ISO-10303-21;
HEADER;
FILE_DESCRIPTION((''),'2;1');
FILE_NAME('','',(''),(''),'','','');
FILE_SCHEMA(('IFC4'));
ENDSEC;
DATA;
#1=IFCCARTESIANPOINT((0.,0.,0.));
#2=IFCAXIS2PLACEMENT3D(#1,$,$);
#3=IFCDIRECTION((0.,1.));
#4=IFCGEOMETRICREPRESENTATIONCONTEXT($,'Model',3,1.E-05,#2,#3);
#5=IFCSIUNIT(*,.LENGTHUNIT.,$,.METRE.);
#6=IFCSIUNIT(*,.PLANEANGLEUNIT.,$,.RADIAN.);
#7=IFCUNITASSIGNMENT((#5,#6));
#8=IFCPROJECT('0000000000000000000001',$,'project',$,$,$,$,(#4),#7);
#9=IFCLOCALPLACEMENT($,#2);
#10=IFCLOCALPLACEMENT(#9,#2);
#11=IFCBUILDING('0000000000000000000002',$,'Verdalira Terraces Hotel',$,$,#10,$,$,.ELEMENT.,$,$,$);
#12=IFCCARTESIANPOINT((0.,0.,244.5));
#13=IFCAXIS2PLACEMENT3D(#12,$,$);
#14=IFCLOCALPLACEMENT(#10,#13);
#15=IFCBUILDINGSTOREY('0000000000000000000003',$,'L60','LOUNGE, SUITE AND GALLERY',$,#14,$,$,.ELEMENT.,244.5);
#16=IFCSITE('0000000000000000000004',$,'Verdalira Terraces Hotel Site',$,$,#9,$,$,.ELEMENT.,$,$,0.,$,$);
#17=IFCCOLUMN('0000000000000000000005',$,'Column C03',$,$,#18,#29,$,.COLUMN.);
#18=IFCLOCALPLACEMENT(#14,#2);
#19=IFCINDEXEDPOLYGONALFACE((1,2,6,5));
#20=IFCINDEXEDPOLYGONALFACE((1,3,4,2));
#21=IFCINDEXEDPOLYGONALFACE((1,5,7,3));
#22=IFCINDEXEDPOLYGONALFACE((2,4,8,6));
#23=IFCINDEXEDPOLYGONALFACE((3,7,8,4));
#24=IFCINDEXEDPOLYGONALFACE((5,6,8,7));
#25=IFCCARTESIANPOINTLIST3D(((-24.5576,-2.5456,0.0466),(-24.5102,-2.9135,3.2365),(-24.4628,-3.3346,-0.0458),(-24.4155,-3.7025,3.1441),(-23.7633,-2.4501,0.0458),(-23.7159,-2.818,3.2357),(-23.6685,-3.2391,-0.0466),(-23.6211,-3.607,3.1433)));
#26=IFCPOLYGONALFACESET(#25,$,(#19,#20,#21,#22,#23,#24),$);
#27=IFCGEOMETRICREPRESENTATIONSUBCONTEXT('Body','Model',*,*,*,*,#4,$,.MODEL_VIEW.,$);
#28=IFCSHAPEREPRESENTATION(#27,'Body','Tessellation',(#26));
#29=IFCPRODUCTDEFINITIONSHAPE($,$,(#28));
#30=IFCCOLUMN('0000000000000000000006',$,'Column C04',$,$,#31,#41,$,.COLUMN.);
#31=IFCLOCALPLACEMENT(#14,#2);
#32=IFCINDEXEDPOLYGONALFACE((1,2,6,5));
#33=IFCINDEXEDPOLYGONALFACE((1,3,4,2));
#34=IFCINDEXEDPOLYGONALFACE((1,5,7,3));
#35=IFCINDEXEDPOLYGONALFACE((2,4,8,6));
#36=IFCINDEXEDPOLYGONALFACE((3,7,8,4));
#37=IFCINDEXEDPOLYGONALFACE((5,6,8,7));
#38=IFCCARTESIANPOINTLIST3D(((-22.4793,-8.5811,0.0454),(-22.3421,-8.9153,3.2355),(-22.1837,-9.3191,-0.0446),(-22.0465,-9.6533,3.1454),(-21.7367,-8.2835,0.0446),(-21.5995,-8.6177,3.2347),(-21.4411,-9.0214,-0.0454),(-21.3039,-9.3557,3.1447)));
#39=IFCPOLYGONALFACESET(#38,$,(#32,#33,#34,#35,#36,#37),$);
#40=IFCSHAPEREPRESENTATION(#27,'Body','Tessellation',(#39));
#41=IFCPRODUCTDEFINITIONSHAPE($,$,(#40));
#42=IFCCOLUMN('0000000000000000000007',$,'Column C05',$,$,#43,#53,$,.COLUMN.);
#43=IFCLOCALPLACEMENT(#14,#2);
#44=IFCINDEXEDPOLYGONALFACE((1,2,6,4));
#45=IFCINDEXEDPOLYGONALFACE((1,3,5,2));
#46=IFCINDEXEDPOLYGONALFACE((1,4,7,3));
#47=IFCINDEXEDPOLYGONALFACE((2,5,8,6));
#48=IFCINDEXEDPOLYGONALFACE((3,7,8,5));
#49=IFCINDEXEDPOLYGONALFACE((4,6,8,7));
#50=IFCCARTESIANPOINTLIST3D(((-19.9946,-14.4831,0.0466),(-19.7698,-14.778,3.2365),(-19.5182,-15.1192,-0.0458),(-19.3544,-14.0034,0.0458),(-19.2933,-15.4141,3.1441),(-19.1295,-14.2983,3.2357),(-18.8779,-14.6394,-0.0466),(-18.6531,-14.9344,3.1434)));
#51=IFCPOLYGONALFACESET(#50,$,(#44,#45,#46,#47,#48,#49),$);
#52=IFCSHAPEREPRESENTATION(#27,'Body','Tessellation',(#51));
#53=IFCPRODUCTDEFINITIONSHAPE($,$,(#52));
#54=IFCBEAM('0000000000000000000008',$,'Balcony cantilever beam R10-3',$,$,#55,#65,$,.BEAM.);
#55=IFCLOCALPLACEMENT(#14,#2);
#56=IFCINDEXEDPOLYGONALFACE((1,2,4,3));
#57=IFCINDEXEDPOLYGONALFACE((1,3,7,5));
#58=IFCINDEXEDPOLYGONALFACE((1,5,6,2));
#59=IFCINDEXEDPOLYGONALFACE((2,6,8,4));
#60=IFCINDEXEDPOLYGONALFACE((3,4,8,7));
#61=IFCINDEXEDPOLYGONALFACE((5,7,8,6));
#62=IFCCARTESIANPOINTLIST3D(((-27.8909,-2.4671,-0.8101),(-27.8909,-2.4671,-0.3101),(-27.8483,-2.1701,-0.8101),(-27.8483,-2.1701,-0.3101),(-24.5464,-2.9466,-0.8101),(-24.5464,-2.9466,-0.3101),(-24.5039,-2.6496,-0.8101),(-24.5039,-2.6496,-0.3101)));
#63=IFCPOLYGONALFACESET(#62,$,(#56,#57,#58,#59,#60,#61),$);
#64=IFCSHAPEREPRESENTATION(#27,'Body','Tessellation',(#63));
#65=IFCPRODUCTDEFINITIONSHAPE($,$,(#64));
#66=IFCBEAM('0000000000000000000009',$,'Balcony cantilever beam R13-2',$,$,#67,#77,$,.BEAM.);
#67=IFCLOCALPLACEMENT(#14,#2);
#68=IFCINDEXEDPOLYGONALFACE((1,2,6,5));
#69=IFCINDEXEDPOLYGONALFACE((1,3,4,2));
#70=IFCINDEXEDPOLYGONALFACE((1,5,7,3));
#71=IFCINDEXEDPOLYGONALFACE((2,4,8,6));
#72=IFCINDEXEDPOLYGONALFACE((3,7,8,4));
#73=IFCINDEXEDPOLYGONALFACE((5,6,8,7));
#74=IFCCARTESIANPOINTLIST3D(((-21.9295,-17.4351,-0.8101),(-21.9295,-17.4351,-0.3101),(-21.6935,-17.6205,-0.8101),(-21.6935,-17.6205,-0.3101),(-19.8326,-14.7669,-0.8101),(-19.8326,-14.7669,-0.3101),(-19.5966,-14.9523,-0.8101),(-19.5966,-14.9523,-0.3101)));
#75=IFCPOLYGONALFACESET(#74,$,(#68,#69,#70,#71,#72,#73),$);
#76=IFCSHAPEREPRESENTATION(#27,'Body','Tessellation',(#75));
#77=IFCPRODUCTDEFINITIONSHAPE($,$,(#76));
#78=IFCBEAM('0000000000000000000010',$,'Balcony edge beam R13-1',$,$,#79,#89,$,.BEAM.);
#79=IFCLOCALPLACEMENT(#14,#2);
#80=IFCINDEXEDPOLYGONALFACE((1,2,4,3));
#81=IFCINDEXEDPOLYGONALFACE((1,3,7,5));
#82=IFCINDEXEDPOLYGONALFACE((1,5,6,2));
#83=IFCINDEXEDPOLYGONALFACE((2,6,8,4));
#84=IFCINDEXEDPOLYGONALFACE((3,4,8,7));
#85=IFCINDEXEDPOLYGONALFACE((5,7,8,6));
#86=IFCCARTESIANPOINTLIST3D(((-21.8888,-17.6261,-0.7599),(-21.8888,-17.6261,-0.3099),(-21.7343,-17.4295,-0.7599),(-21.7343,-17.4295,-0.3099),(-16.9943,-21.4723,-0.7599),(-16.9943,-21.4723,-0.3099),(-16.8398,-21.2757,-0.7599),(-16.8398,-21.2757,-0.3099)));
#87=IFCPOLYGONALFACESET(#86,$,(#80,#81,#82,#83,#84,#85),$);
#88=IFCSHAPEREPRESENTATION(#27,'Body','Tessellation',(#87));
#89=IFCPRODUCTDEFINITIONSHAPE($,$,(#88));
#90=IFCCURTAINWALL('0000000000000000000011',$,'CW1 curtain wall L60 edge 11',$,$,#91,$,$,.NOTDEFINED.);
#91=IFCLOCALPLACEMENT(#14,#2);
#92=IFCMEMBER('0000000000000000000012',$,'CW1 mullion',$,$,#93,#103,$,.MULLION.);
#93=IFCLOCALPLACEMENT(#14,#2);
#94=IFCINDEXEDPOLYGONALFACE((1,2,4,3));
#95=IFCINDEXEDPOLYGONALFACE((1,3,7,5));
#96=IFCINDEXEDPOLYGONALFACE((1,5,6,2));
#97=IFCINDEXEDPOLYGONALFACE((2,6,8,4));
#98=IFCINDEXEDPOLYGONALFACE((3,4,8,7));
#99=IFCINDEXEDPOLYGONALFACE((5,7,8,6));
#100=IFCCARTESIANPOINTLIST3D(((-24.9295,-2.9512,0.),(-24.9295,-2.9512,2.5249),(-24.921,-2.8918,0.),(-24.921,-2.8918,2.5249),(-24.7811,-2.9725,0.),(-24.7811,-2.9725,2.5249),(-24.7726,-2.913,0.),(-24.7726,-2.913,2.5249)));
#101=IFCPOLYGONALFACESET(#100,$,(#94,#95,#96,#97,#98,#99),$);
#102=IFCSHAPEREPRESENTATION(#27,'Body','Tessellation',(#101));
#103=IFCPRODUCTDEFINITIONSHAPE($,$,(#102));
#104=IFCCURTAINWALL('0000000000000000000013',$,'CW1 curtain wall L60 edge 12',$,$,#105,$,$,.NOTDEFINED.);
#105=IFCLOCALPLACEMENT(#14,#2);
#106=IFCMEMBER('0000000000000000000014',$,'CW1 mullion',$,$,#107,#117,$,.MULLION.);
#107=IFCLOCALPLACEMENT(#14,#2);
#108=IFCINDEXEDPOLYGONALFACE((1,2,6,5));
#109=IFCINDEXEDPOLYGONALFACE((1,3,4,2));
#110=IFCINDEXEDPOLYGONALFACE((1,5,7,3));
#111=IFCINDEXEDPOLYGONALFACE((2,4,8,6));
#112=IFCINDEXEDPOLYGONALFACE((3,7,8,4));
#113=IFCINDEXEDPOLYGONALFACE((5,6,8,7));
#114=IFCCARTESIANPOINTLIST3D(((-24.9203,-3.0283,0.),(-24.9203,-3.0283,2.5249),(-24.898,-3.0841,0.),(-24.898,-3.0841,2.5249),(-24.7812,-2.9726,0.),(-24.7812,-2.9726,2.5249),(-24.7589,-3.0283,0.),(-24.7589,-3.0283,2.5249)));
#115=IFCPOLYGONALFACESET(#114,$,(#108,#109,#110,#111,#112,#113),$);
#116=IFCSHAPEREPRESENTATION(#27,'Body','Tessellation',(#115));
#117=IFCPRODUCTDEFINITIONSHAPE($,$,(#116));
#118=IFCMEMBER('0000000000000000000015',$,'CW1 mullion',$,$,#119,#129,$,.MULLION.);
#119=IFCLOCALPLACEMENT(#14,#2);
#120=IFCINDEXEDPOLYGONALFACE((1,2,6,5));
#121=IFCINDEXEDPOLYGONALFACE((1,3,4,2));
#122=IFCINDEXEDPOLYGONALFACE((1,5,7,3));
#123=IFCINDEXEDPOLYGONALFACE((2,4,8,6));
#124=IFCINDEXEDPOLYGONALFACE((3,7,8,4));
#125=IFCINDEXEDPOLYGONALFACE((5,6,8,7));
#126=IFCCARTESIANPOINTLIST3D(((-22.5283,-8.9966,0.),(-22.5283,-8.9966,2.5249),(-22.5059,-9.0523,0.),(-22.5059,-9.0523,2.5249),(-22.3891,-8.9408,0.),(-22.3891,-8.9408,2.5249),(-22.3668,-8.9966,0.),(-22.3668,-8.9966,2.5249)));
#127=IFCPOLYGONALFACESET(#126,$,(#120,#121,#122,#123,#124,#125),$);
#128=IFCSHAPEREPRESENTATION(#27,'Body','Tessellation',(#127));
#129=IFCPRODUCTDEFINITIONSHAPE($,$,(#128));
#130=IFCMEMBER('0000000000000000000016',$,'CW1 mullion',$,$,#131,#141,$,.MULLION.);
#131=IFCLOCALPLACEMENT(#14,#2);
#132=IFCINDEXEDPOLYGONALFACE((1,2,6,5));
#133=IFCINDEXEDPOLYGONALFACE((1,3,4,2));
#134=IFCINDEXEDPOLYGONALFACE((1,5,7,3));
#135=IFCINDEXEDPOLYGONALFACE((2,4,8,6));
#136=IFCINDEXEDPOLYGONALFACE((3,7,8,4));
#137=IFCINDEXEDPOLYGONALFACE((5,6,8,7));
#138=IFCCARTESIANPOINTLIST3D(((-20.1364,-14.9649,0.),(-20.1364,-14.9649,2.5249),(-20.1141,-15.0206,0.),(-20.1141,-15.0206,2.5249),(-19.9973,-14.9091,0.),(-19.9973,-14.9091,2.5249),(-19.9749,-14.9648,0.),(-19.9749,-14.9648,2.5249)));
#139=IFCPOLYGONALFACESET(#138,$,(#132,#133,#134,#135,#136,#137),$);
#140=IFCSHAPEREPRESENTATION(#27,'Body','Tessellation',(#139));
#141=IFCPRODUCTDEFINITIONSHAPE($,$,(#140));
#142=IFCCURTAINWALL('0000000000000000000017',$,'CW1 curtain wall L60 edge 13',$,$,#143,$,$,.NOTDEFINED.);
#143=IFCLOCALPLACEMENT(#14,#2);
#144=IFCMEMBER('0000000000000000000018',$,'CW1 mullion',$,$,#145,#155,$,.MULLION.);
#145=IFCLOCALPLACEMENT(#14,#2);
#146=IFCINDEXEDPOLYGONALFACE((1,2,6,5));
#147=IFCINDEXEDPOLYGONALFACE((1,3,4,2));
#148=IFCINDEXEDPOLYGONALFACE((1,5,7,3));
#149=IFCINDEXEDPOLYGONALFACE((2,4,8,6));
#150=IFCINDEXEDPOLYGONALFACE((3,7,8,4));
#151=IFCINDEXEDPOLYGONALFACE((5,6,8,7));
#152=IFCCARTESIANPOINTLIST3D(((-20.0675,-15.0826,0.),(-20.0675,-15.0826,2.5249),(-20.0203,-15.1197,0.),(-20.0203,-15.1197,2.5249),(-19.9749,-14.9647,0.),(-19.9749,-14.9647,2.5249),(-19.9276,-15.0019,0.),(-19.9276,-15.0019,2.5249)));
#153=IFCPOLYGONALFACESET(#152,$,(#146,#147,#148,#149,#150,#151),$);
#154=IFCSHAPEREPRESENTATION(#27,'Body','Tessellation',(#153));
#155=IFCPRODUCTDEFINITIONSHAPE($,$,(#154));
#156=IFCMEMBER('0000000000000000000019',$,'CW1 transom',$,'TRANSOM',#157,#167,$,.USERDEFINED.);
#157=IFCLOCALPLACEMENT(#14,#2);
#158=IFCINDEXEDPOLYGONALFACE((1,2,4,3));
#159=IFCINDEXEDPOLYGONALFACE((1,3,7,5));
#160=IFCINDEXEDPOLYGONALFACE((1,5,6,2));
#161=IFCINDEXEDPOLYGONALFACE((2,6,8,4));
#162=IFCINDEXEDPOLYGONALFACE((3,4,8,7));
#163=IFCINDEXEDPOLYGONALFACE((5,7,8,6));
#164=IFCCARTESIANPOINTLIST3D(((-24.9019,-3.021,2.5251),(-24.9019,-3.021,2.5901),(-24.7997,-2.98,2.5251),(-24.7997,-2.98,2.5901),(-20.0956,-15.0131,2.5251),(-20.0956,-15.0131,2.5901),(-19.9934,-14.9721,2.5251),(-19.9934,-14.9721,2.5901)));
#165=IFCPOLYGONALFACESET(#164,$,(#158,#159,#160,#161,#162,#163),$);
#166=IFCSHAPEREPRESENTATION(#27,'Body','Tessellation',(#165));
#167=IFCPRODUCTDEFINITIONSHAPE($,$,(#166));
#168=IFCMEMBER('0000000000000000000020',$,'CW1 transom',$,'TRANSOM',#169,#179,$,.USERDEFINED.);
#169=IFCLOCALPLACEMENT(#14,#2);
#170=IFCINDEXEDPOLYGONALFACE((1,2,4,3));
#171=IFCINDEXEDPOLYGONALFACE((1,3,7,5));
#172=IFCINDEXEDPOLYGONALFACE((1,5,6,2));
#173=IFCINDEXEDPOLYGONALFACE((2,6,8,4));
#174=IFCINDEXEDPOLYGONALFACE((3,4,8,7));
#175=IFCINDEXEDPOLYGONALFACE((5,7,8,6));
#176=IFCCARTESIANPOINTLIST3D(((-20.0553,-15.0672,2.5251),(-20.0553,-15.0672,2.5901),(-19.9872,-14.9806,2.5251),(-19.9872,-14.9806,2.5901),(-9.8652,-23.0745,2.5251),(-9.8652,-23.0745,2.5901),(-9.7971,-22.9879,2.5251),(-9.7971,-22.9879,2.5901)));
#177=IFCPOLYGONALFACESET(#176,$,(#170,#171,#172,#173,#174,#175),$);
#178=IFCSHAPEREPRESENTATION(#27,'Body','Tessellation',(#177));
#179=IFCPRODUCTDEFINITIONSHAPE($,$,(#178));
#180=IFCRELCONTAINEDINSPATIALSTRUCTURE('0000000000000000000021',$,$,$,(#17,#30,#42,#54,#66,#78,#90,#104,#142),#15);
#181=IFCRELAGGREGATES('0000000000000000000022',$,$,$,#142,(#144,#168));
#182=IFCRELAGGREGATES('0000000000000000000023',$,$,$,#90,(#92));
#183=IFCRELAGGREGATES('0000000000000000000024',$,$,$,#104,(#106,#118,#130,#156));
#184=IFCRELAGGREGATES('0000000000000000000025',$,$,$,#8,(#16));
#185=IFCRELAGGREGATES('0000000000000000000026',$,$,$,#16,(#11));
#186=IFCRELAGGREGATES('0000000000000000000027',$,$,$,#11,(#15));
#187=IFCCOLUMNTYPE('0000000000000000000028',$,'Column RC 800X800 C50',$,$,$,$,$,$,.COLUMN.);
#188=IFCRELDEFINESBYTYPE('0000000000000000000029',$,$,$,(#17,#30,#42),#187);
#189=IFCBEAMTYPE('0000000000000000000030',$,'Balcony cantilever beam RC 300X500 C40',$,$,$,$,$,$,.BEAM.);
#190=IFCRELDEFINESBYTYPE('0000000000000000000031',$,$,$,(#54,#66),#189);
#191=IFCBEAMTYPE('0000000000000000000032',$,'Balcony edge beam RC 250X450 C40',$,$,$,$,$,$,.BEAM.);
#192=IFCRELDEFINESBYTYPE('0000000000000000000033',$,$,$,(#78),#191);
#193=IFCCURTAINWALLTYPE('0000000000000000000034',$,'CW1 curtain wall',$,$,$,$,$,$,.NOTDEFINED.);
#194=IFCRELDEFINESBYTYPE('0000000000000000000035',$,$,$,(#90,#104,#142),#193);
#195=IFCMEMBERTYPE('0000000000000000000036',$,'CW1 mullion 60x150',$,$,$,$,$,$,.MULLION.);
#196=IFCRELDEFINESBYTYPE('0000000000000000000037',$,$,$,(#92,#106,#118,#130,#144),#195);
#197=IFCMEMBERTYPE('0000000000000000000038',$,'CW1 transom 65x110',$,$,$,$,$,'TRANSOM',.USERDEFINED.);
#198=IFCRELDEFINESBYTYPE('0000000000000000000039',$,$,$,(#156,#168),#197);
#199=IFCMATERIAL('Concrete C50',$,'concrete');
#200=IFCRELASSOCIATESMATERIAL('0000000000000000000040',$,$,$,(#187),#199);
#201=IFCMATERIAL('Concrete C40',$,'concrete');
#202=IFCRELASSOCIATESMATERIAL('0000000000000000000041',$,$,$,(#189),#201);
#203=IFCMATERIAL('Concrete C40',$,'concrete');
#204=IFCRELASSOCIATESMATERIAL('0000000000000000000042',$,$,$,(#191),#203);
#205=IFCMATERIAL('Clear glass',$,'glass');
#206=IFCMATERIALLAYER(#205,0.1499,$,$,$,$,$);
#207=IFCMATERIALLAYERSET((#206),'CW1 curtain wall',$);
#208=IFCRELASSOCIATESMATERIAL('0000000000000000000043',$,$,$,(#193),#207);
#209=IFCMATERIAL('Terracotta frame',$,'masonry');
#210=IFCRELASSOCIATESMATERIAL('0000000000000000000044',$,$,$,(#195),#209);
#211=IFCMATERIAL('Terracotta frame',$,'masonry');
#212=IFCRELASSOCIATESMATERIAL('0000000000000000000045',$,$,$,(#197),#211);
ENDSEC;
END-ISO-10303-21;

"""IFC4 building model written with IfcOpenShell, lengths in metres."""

from ifc_helpers import new_model, si_unit, direction, frame, origin, origin_2d, place, context, subcontext, project, spatial, rectangle, extrude, material, layer, layer_set, material_profile, profile_set, type_object, element, aggregate, save


model = new_model("IFC4")

# Units and contexts
model_context = context("Model", 3, precision=1e-05, world=origin(), true_north=direction((0.0, 1.0)))
body_context = subcontext(model_context, "Body", "Model", "MODEL_VIEW")
ifc_project = project(units=[si_unit("LENGTHUNIT", "METRE"), si_unit("PLANEANGLEUNIT", "RADIAN")], contexts=[model_context])

# Site, building, storey
site_placement = place(None, origin())
site = spatial("IfcSite", under=ifc_project, at=site_placement, Name="Verdalira Terraces Hotel Site", CompositionType="ELEMENT", RefElevation=0.0)
building_placement = place(site_placement, origin())
building = spatial("IfcBuilding", under=site, at=building_placement, Name="Verdalira Terraces Hotel", CompositionType="ELEMENT")
storey_placement = place(building_placement, frame((0.0, 0.0, 244.5)))
storey = spatial("IfcBuildingStorey", under=building, at=storey_placement, Name="L60", Description="LOUNGE, SUITE AND GALLERY", CompositionType="ELEMENT", Elevation=244.5)

# Columns
ifc_material_1 = material(Name="Concrete C50", Category="concrete")
ifc_material_profile_1 = material_profile(ifc_material_1, rectangle(XDim=0.8, YDim=0.8, at=origin_2d()), Name="RC 800X800")
ifc_profile_set_1 = profile_set([ifc_material_profile_1], Name="Concrete C50")
column_type = type_object("IfcColumnType", Name="Column RC 800X800 C50", PredefinedType="COLUMN", material=ifc_profile_set_1)
column_1_placement = place(storey_placement, frame((-24.113, -2.8923, 0.0), z_axis=(0.014748, -0.114565, 0.993306), x_axis=(-0.118456, 0.986218, 0.115507)))
element("IfcColumn", 1, at=column_1_placement, inside=storey, type_object=column_type, Name="Column C03", PredefinedType="COLUMN", context=body_context, shape_type="SweptSolid", body=[
    extrude(rectangle(XDim=0.8, YDim=0.8, at=origin_2d()), origin(), (0.0, 0.0, 1.0), 3.2114),
])
column_2_placement = place(storey_placement, frame((-21.9602, -8.8013, 0.0), z_axis=(0.042739, -0.10411, 0.993647), x_axis=(0.369538, -0.922376, -0.112537)))
element("IfcColumn", 2, at=column_2_placement, inside=storey, type_object=column_type, Name="Column C04", PredefinedType="COLUMN", context=body_context, shape_type="SweptSolid", body=[
    extrude(rectangle(XDim=0.8, YDim=0.8, at=origin_2d()), origin(), (0.0, 0.0, 1.0), 3.2104),
])
column_3_placement = place(storey_placement, frame((-19.4363, -14.5613, 0.0), z_axis=(0.070017, -0.091835, 0.99331), x_axis=(-0.595517, 0.795, 0.115478)))
element("IfcColumn", 3, at=column_3_placement, inside=storey, type_object=column_type, Name="Column C05", PredefinedType="COLUMN", context=body_context, shape_type="SweptSolid", body=[
    extrude(rectangle(XDim=0.8, YDim=0.8, at=origin_2d()), origin(), (0.0, 0.0, 1.0), 3.2114),
])

# Beams
ifc_material_2 = material(Name="Concrete C40", Category="concrete")
ifc_material_profile_2 = material_profile(ifc_material_2, rectangle(XDim=0.3, YDim=0.5, at=origin_2d()), Name="RC 300X500")
ifc_profile_set_2 = profile_set([ifc_material_profile_2], Name="Concrete C40")
beam_type_1 = type_object("IfcBeamType", Name="Balcony cantilever beam RC 300X500 C40", PredefinedType="BEAM", material=ifc_profile_set_2)
beam_1_placement = place(storey_placement, frame((-24.5251, -2.7981, -0.5601), z_axis=(-0.989879, 0.141917, 0.0), x_axis=(-0.141917, -0.989879, 0.0)))
element("IfcBeam", 4, at=beam_1_placement, inside=storey, type_object=beam_type_1, Name="Balcony cantilever beam R10-3", PredefinedType="BEAM", context=body_context, shape_type="SweptSolid", body=[
    extrude(rectangle(XDim=0.3, YDim=0.5, at=origin_2d()), origin(), (0.0, 0.0, 1.0), 3.3787),
])
beam_2_placement = place(storey_placement, frame((-19.7146, -14.8596, -0.5601), z_axis=(-0.617907, -0.786251, 0.0), x_axis=(0.786251, -0.617907, 0.0)))
element("IfcBeam", 5, at=beam_2_placement, inside=storey, type_object=beam_type_1, Name="Balcony cantilever beam R13-2", PredefinedType="BEAM", context=body_context, shape_type="SweptSolid", body=[
    extrude(rectangle(XDim=0.3, YDim=0.5, at=origin_2d()), origin(), (0.0, 0.0, 1.0), 3.3936),
])
ifc_material_3 = material(Name="Concrete C40", Category="concrete")
ifc_material_profile_3 = material_profile(ifc_material_3, rectangle(XDim=0.25, YDim=0.45, at=origin_2d()), Name="RC 250X450")
ifc_profile_set_3 = profile_set([ifc_material_profile_3], Name="Concrete C40")
beam_type_2 = type_object("IfcBeamType", Name="Balcony edge beam RC 250X450 C40", PredefinedType="BEAM", material=ifc_profile_set_3)
beam_3_placement = place(storey_placement, frame((-21.8115, -17.5278, -0.5349), z_axis=(0.78628, -0.61787, 0.0), x_axis=(0.61787, 0.78628, 0.0)))
element("IfcBeam", 6, at=beam_3_placement, inside=storey, type_object=beam_type_2, Name="Balcony edge beam R13-1", PredefinedType="BEAM", context=body_context, shape_type="SweptSolid", body=[
    extrude(rectangle(XDim=0.25, YDim=0.45, at=origin_2d()), origin(), (0.0, 0.0, 1.0), 6.2249),
])

# Curtain wall, member
ifc_material_4 = material(Name="Clear glass", Category="glass")
ifc_layer_1 = layer(ifc_material_4, 0.1499)
ifc_layer_set_1 = layer_set([ifc_layer_1], Name="CW1 curtain wall")
curtain_wall_type = type_object("IfcCurtainWallType", Name="CW1 curtain wall", PredefinedType="NOTDEFINED", material=ifc_layer_set_1)
curtain_wall_1_placement = place(storey_placement, origin())
curtain_wall_1 = element("IfcCurtainWall", 7, at=curtain_wall_1_placement, inside=storey, type_object=curtain_wall_type, Name="CW1 curtain wall L60 edge 11", PredefinedType="NOTDEFINED")
ifc_material_5 = material(Name="Terracotta frame", Category="masonry")
ifc_material_profile_4 = material_profile(ifc_material_5, rectangle(XDim=0.0601, YDim=0.1499, at=origin_2d()), Name="MU 60x150")
ifc_profile_set_4 = profile_set([ifc_material_profile_4], Name="Terracotta frame")
member_type_1 = type_object("IfcMemberType", Name="CW1 mullion 60x150", PredefinedType="MULLION", material=ifc_profile_set_4)
member_1_placement = place(storey_placement, frame((-24.8511, -2.9321, 0.0), z_axis=(0.0, 0.0, 1.0), x_axis=(-0.141938, -0.989876, 0.0)))
member_1 = element("IfcMember", 8, at=member_1_placement, type_object=member_type_1, Name="CW1 mullion", PredefinedType="MULLION", context=body_context, shape_type="SweptSolid", body=[
    extrude(rectangle(XDim=0.0601, YDim=0.1499, at=origin_2d()), origin(), (0.0, 0.0, 1.0), 2.5249),
])

# Curtain wall, members
curtain_wall_2_placement = place(storey_placement, origin())
curtain_wall_2 = element("IfcCurtainWall", 9, at=curtain_wall_2_placement, inside=storey, type_object=curtain_wall_type, Name="CW1 curtain wall L60 edge 12", PredefinedType="NOTDEFINED")
member_2_placement = place(storey_placement, frame((-24.8396, -3.0283, 0.0), z_axis=(0.0, 0.0, 1.0), x_axis=(0.372016, -0.928226, 0.0)))
member_2 = element("IfcMember", 10, at=member_2_placement, type_object=member_type_1, Name="CW1 mullion", PredefinedType="MULLION", context=body_context, shape_type="SweptSolid", body=[
    extrude(rectangle(XDim=0.0601, YDim=0.1499, at=origin_2d()), origin(), (0.0, 0.0, 1.0), 2.5249),
])
member_3_placement = place(storey_placement, frame((-22.4475, -8.9966, 0.0), z_axis=(0.0, 0.0, 1.0), x_axis=(0.372016, -0.928226, 0.0)))
member_3 = element("IfcMember", 11, at=member_3_placement, type_object=member_type_1, Name="CW1 mullion", PredefinedType="MULLION", context=body_context, shape_type="SweptSolid", body=[
    extrude(rectangle(XDim=0.0601, YDim=0.1499, at=origin_2d()), origin(), (0.0, 0.0, 1.0), 2.5249),
])
member_4_placement = place(storey_placement, frame((-20.0557, -14.9648, 0.0), z_axis=(0.0, 0.0, 1.0), x_axis=(0.372016, -0.928226, 0.0)))
member_4 = element("IfcMember", 12, at=member_4_placement, type_object=member_type_1, Name="CW1 mullion", PredefinedType="MULLION", context=body_context, shape_type="SweptSolid", body=[
    extrude(rectangle(XDim=0.0601, YDim=0.1499, at=origin_2d()), origin(), (0.0, 0.0, 1.0), 2.5249),
])

# Curtain wall, member
curtain_wall_3_placement = place(storey_placement, origin())
curtain_wall_3 = element("IfcCurtainWall", 13, at=curtain_wall_3_placement, inside=storey, type_object=curtain_wall_type, Name="CW1 curtain wall L60 edge 13", PredefinedType="NOTDEFINED")
member_5_placement = place(storey_placement, frame((-19.9976, -15.0422, 0.0), z_axis=(0.0, 0.0, 1.0), x_axis=(0.786288, -0.61786, 0.0)))
member_5 = element("IfcMember", 14, at=member_5_placement, type_object=member_type_1, Name="CW1 mullion", PredefinedType="MULLION", context=body_context, shape_type="SweptSolid", body=[
    extrude(rectangle(XDim=0.0601, YDim=0.1499, at=origin_2d()), origin(), (0.0, 0.0, 1.0), 2.5249),
])

# Members
ifc_material_6 = material(Name="Terracotta frame", Category="masonry")
ifc_material_profile_5 = material_profile(ifc_material_6, rectangle(XDim=0.1101, YDim=0.0649, at=origin_2d()), Name="TR 65x110")
ifc_profile_set_5 = profile_set([ifc_material_profile_5], Name="Terracotta frame")
member_type_2 = type_object("IfcMemberType", Name="CW1 transom 65x110", ElementType="TRANSOM", PredefinedType="USERDEFINED", material=ifc_profile_set_5)
member_6_placement = place(storey_placement, frame((-24.8508, -3.0005, 2.5576), z_axis=(0.372026, -0.928222, 0.0), x_axis=(0.928222, 0.372026, 0.0)))
member_6 = element("IfcMember", 15, at=member_6_placement, type_object=member_type_2, Name="CW1 transom", ObjectType="TRANSOM", PredefinedType="USERDEFINED", context=body_context, shape_type="SweptSolid", body=[
    extrude(rectangle(XDim=0.1101, YDim=0.0649, at=origin_2d()), origin(), (0.0, 0.0, 1.0), 12.9194),
])
member_7_placement = place(storey_placement, frame((-20.0212, -15.0239, 2.5576), z_axis=(0.78629, -0.617857, 0.0), x_axis=(0.617857, 0.78629, 0.0)))
member_7 = element("IfcMember", 16, at=member_7_placement, type_object=member_type_2, Name="CW1 transom", ObjectType="TRANSOM", PredefinedType="USERDEFINED", context=body_context, shape_type="SweptSolid", body=[
    extrude(rectangle(XDim=0.1101, YDim=0.0649, at=origin_2d()), origin(), (0.0, 0.0, 1.0), 12.9597),
])
aggregate(curtain_wall_3, [member_5, member_7])

aggregate(curtain_wall_1, [member_1])
aggregate(curtain_wall_2, [member_2, member_3, member_4, member_6])

save(model, "model.ifc")
